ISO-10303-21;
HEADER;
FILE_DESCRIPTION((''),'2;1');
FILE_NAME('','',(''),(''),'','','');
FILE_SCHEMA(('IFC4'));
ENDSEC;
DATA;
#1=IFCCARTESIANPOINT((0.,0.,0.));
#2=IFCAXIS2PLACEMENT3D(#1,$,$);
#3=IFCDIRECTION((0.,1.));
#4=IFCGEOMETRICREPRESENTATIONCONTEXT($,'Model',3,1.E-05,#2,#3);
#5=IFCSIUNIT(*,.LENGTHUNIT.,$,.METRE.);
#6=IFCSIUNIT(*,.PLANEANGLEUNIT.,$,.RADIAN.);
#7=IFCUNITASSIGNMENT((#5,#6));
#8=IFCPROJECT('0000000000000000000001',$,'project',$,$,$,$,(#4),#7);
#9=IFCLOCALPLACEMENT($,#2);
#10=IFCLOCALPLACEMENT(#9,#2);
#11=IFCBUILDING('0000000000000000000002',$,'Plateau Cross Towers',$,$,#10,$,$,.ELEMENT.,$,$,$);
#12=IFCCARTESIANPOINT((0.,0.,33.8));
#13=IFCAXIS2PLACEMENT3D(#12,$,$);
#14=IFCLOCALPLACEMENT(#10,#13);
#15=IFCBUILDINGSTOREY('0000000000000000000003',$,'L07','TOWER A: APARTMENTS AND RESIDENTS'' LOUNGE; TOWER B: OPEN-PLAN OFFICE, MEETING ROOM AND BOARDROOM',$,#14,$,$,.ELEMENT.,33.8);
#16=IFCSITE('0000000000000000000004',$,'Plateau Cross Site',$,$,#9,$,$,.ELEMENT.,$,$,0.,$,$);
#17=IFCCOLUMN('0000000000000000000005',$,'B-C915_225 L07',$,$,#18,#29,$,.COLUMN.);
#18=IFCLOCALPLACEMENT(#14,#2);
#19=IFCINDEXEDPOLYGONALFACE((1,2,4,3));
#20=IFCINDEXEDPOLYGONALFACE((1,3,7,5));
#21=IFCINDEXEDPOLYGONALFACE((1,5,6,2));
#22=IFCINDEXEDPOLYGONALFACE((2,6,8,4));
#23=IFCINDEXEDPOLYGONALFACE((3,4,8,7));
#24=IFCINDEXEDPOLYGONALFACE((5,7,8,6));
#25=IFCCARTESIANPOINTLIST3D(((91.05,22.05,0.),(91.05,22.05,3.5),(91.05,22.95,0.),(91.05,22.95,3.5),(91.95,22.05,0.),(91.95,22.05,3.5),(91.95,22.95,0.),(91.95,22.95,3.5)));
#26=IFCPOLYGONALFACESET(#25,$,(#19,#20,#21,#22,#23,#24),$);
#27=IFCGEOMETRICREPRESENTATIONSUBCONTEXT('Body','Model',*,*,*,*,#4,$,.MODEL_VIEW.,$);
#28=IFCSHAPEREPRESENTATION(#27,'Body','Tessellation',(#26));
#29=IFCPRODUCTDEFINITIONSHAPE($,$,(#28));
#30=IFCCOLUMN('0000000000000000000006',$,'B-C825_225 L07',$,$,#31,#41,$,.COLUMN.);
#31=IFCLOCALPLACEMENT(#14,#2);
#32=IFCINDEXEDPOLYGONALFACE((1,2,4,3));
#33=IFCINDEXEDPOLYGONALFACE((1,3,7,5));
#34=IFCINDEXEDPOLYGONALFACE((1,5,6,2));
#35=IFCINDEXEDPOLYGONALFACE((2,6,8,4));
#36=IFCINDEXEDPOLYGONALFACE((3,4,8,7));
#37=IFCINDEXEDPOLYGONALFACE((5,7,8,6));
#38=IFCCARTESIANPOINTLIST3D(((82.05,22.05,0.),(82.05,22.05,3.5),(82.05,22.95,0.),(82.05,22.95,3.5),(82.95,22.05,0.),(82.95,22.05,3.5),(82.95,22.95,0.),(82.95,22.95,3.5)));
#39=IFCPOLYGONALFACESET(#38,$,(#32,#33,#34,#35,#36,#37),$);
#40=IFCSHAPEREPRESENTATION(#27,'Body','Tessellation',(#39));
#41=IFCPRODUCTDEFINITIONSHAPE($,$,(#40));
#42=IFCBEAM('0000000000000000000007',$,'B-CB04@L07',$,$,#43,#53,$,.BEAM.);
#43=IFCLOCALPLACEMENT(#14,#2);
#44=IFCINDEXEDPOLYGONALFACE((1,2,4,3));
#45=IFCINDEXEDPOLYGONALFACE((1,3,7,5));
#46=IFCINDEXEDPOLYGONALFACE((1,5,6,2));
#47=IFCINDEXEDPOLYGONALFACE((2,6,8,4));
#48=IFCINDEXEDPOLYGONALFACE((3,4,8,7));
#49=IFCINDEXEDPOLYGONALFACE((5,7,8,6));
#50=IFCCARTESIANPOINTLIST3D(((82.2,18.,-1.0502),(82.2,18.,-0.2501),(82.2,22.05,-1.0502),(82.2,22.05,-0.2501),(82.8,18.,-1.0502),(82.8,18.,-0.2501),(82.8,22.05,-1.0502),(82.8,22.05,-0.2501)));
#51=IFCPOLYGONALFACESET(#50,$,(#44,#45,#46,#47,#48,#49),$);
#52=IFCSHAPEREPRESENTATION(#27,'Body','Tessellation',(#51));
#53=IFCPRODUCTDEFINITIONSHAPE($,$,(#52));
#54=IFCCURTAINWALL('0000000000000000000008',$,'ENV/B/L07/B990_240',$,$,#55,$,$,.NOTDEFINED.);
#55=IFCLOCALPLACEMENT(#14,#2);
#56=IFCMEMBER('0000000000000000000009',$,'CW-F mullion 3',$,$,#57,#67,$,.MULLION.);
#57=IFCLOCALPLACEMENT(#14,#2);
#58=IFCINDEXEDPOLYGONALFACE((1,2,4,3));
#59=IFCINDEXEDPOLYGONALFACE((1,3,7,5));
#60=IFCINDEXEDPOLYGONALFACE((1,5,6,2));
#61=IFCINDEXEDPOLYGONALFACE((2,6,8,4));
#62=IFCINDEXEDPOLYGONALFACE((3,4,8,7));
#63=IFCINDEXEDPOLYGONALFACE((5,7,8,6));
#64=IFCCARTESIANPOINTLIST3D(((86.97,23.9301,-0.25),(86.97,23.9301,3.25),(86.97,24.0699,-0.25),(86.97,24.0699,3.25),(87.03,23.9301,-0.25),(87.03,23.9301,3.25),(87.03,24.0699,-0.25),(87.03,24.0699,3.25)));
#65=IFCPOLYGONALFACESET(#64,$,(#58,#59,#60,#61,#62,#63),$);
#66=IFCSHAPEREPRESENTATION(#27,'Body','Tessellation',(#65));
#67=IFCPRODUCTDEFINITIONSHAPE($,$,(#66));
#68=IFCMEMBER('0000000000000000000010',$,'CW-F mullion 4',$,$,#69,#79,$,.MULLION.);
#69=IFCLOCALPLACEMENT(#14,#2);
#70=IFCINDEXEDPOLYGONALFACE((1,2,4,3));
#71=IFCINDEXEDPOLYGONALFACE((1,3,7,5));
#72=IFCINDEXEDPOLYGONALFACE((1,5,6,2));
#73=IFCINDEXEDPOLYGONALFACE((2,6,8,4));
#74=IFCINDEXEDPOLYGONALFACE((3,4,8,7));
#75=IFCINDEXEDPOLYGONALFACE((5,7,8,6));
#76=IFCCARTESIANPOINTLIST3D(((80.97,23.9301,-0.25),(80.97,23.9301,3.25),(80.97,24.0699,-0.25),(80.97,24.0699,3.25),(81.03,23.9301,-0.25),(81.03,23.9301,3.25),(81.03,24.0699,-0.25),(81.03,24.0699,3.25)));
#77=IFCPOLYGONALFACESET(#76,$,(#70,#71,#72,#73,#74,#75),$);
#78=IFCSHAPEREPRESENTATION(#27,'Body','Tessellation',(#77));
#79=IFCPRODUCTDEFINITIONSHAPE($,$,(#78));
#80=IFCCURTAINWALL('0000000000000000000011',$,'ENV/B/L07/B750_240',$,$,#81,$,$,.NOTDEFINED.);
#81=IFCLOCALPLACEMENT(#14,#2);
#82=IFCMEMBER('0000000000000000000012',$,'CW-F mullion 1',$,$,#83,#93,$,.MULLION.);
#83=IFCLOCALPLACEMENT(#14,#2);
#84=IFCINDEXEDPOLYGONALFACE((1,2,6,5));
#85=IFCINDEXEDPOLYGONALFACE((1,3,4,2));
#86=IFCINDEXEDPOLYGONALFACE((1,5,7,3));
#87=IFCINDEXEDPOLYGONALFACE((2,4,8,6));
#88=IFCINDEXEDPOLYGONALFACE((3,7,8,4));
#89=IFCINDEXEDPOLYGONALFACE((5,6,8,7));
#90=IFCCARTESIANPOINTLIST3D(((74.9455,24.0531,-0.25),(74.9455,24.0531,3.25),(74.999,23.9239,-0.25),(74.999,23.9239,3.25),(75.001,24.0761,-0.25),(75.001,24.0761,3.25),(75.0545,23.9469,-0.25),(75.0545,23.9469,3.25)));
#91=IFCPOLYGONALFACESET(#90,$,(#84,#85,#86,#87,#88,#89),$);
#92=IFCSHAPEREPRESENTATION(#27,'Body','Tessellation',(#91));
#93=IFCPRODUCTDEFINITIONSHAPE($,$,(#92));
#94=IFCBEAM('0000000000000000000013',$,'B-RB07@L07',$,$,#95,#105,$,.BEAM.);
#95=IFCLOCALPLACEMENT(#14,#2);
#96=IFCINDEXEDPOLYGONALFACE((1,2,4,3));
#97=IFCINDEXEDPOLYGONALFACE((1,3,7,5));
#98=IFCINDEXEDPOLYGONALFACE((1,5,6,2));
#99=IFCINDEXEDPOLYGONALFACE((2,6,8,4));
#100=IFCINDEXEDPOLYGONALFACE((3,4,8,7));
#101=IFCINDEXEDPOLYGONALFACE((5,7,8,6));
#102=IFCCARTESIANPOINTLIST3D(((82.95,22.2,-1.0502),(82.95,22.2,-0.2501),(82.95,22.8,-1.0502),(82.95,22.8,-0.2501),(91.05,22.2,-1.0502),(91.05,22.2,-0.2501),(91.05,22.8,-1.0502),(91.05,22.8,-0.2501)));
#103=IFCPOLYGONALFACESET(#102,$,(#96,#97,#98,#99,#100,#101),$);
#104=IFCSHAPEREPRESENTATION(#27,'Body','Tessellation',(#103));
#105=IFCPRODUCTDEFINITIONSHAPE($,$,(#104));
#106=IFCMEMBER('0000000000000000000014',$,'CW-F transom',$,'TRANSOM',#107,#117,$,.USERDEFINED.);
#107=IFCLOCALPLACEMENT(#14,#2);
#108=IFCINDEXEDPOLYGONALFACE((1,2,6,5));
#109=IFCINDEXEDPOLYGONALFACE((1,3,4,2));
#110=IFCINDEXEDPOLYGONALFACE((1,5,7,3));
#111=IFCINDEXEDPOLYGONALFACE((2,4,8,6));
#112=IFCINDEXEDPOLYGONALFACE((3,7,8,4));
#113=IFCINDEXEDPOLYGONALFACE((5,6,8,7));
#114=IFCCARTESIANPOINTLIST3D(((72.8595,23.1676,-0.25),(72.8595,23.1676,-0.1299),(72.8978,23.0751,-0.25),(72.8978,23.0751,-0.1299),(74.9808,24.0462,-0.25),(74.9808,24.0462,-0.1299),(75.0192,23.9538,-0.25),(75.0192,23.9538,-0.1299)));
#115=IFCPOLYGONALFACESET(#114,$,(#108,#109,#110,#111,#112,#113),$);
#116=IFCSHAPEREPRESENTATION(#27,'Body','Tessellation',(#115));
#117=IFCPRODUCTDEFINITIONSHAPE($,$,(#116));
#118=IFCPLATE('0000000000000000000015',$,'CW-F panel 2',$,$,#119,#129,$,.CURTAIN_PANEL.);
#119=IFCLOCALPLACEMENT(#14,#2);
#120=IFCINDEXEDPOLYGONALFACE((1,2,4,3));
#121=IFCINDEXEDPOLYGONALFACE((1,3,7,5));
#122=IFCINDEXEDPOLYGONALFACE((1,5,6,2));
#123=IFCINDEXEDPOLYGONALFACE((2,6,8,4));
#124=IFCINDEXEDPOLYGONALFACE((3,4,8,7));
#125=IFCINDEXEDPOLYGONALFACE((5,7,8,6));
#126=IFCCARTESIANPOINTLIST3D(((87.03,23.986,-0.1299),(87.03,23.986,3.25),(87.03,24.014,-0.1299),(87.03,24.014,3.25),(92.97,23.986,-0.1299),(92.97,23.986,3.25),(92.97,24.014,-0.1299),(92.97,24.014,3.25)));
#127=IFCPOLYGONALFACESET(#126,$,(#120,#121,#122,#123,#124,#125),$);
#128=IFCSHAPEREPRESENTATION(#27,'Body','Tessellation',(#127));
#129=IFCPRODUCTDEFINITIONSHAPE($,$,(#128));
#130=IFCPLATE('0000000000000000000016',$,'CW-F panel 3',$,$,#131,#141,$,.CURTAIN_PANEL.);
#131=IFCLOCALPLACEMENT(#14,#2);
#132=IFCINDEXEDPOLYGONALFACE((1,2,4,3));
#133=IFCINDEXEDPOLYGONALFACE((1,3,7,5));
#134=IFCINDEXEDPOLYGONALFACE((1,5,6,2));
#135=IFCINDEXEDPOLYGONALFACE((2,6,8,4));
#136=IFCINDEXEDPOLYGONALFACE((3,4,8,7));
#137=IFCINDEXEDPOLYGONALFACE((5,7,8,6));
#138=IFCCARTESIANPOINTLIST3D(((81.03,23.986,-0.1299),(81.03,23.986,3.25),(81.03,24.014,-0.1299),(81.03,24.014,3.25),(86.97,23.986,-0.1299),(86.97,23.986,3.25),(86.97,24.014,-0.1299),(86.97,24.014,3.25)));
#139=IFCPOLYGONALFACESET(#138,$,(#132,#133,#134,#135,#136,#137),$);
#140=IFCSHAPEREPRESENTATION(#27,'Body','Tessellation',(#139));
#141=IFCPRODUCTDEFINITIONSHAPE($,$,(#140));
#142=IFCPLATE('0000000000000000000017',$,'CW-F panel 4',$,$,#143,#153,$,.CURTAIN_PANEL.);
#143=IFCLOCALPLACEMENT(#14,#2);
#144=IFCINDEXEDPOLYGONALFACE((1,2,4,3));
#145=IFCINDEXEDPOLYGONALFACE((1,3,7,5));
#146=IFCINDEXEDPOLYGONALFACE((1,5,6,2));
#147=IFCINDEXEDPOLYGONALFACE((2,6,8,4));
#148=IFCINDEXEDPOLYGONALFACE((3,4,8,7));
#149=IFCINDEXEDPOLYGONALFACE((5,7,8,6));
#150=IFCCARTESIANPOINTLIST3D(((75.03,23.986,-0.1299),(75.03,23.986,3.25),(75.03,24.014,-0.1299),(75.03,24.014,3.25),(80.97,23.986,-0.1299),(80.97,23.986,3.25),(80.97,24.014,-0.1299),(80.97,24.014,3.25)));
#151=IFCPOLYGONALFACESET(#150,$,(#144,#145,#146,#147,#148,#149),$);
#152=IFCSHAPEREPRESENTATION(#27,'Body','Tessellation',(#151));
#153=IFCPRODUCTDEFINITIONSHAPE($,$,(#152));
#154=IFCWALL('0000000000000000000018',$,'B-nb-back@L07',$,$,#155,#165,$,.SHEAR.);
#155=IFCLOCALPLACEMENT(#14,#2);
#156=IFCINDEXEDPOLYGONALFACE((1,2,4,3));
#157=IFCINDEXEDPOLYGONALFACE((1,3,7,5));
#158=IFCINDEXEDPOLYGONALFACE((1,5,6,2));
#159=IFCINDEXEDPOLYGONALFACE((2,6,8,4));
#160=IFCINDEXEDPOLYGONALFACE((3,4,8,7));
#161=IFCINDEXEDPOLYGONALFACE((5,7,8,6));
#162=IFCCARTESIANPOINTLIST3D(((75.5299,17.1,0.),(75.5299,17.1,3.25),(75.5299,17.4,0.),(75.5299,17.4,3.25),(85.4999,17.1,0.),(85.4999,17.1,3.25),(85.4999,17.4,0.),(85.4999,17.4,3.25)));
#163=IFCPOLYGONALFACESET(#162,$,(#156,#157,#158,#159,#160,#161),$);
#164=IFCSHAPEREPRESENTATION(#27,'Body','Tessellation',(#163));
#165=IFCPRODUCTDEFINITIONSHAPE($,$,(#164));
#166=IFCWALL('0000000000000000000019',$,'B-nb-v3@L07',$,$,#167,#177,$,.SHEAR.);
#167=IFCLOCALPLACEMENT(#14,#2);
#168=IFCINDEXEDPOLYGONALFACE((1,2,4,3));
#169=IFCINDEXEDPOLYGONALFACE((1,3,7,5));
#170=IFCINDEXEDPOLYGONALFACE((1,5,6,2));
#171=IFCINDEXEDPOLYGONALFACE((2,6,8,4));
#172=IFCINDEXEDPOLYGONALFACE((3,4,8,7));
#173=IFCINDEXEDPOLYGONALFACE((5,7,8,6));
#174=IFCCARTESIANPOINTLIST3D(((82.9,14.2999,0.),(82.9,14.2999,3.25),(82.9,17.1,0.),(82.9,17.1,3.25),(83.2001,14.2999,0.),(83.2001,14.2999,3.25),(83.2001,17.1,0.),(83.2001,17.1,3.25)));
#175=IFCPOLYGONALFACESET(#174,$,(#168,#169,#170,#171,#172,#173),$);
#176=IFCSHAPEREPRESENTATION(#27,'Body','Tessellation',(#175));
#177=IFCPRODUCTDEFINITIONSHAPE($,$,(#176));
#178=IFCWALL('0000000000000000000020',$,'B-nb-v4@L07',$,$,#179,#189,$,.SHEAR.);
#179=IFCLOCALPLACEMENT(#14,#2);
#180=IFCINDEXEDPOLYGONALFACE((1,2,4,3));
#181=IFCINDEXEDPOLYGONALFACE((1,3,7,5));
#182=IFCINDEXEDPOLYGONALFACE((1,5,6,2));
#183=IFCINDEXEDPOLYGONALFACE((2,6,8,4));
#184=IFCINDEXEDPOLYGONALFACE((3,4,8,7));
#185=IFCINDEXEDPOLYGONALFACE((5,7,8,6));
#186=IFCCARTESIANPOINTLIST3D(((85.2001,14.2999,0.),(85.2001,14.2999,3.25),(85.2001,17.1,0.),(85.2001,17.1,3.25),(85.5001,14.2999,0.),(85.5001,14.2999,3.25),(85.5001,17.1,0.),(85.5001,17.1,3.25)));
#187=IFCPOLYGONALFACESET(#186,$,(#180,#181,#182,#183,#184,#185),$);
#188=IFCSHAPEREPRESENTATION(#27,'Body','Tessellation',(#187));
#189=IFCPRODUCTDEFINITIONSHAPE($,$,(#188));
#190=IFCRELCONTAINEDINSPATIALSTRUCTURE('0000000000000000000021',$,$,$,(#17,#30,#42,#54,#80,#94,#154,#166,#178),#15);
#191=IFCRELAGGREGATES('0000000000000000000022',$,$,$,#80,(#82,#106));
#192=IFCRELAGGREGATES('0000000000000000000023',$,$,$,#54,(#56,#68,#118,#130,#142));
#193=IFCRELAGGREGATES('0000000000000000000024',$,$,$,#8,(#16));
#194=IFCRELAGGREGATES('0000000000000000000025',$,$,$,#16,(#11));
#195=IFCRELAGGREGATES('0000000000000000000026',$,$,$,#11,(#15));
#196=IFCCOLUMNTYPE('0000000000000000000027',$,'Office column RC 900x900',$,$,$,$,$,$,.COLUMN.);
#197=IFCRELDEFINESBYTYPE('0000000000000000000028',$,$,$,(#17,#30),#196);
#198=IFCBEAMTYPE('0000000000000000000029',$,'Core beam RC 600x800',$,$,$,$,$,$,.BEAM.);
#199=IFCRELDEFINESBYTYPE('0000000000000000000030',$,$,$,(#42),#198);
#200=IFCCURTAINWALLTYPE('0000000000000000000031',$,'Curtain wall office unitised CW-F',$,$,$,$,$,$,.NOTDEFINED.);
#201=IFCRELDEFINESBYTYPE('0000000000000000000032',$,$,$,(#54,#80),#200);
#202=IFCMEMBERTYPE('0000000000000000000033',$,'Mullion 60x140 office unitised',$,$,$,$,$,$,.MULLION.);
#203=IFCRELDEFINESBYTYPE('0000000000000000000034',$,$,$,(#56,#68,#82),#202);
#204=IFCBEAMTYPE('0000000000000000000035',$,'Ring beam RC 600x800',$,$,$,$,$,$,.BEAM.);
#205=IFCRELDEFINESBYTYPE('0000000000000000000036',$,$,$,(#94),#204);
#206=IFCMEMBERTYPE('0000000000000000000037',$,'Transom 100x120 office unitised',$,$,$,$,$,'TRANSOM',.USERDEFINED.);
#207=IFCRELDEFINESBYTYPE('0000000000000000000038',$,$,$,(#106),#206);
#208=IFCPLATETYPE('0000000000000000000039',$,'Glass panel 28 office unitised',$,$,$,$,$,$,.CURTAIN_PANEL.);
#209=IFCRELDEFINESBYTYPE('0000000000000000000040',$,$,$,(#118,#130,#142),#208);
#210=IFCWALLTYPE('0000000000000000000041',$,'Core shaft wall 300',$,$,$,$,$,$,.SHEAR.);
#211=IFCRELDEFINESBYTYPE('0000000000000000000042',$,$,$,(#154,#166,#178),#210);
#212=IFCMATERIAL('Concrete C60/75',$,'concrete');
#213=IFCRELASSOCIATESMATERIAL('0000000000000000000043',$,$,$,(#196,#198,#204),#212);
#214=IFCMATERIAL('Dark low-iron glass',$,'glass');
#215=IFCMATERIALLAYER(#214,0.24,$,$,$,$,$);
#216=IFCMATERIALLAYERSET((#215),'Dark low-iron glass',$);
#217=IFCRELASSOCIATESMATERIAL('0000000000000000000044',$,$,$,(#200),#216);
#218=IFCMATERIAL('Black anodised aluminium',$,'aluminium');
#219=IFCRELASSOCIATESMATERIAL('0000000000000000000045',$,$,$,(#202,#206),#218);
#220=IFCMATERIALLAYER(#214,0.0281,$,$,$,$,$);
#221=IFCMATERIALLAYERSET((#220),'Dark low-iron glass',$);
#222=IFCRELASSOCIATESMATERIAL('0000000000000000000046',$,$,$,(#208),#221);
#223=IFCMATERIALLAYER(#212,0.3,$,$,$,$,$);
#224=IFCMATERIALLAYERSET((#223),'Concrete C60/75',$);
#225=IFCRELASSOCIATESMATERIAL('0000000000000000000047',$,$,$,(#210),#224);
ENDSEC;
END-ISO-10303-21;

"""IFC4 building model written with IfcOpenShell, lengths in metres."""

from ifc_helpers import new_model, si_unit, direction, frame, frame_2d, origin, origin_2d, place, context, subcontext, project, spatial, rectangle, extrude, material, layer, layer_set, material_profile, profile_set, type_object, element, aggregate, save


model = new_model("IFC4")

# Units and contexts
model_context = context("Model", 3, precision=1e-05, world=origin(), true_north=direction((0.0, 1.0)))
body_context = subcontext(model_context, "Body", "Model", "MODEL_VIEW")
ifc_project = project(units=[si_unit("LENGTHUNIT", "METRE"), si_unit("PLANEANGLEUNIT", "RADIAN")], contexts=[model_context])

# Site, building, storey
site_placement = place(None, origin())
site = spatial("IfcSite", under=ifc_project, at=site_placement, Name="Plateau Cross Site", CompositionType="ELEMENT", RefElevation=0.0)
building_placement = place(site_placement, origin())
building = spatial("IfcBuilding", under=site, at=building_placement, Name="Plateau Cross Towers", CompositionType="ELEMENT")
storey_placement = place(building_placement, frame((0.0, 0.0, 33.8)))
storey = spatial("IfcBuildingStorey", under=building, at=storey_placement, Name="L07", Description="TOWER A: APARTMENTS AND RESIDENTS' LOUNGE; TOWER B: OPEN-PLAN OFFICE, MEETING ROOM AND BOARDROOM", CompositionType="ELEMENT", Elevation=33.8)

# Columns
ifc_material_1 = material(Name="Concrete C60/75", Category="concrete")
ifc_material_profile_1 = material_profile(ifc_material_1, rectangle(XDim=0.8999, YDim=0.8999, at=origin_2d()), Name="RC 900x900")
ifc_profile_set_1 = profile_set([ifc_material_profile_1], Name="Concrete C60/75")
column_type = type_object("IfcColumnType", Name="Office column RC 900x900", PredefinedType="COLUMN", material=ifc_profile_set_1)
for number, where, z_axis, x_axis, name in (
    (1, (91.5, 22.5, 0.0), (0.0, 0.0, 1.0), (1.0, 0.0, 0.0), "B-C915_225 L07"),
    (2, (82.5, 22.5, 0.0), (0.0, 0.0, 1.0), (1.0, 0.0, 0.0), "B-C825_225 L07"),
):
    element("IfcColumn", number, at=place(storey_placement, frame(where, z_axis=z_axis, x_axis=x_axis)), inside=storey, type_object=column_type, Name=name, PredefinedType="COLUMN", context=body_context, shape_type="SweptSolid", body=[
        extrude(rectangle(XDim=0.8999, YDim=0.8999, at=origin_2d()), origin(), (0.0, 0.0, 1.0), 3.5),
    ])

# Beam
ifc_material_profile_2 = material_profile(ifc_material_1, rectangle(XDim=0.6001, YDim=0.8, at=origin_2d()), Name="RC 600x800")
ifc_profile_set_2 = profile_set([ifc_material_profile_2], Name="Concrete C60/75")
beam_type_1 = type_object("IfcBeamType", Name="Core beam RC 600x800", PredefinedType="BEAM", material=ifc_profile_set_2)
beam_1_placement = place(storey_placement, frame((82.5, 18.0, -0.6501), z_axis=(0.0, 1.0, 0.0), x_axis=(-1.0, 0.0, 0.0)))
element("IfcBeam", 3, at=beam_1_placement, inside=storey, type_object=beam_type_1, Name="B-CB04@L07", PredefinedType="BEAM", context=body_context, shape_type="SweptSolid", body=[
    extrude(rectangle(XDim=0.6001, YDim=0.8, at=origin_2d()), origin(), (0.0, 0.0, 1.0), 4.05),
])

# Curtain wall, members
ifc_material_2 = material(Name="Dark low-iron glass", Category="glass")
ifc_layer_1 = layer(ifc_material_2, 0.24)
ifc_layer_set_1 = layer_set([ifc_layer_1], Name="Dark low-iron glass")
curtain_wall_type = type_object("IfcCurtainWallType", Name="Curtain wall office unitised CW-F", PredefinedType="NOTDEFINED", material=ifc_layer_set_1)
curtain_wall_1_placement = place(storey_placement, origin())
curtain_wall_1 = element("IfcCurtainWall", 4, at=curtain_wall_1_placement, inside=storey, type_object=curtain_wall_type, Name="ENV/B/L07/B990_240", PredefinedType="NOTDEFINED")
ifc_material_3 = material(Name="Black anodised aluminium", Category="aluminium")
ifc_material_profile_3 = material_profile(ifc_material_3, rectangle(XDim=0.0601, YDim=0.1399, at=origin_2d()), Name="MULLION 60x140")
ifc_profile_set_3 = profile_set([ifc_material_profile_3], Name="Black anodised aluminium")
member_type_1 = type_object("IfcMemberType", Name="Mullion 60x140 office unitised", PredefinedType="MULLION", material=ifc_profile_set_3)
member_1_placement = place(storey_placement, frame((87.0, 24.0, -0.25), z_axis=(0.0, 0.0, 1.0), x_axis=(-1.0, 0.0, 0.0)))
member_1 = element("IfcMember", 5, at=member_1_placement, type_object=member_type_1, Name="CW-F mullion 3", PredefinedType="MULLION", context=body_context, shape_type="SweptSolid", body=[
    extrude(rectangle(XDim=0.0601, YDim=0.1399, at=origin_2d()), origin(), (0.0, 0.0, 1.0), 3.5),
])
member_2_placement = place(storey_placement, frame((81.0, 24.0, -0.25), z_axis=(0.0, 0.0, 1.0), x_axis=(-1.0, 0.0, 0.0)))
member_2 = element("IfcMember", 6, at=member_2_placement, type_object=member_type_1, Name="CW-F mullion 4", PredefinedType="MULLION", context=body_context, shape_type="SweptSolid", body=[
    extrude(rectangle(XDim=0.0601, YDim=0.1399, at=origin_2d()), origin(), (0.0, 0.0, 1.0), 3.5),
])

# Curtain wall, member
curtain_wall_2_placement = place(storey_placement, origin())
curtain_wall_2 = element("IfcCurtainWall", 7, at=curtain_wall_2_placement, inside=storey, type_object=curtain_wall_type, Name="ENV/B/L07/B750_240", PredefinedType="NOTDEFINED")
member_3_placement = place(storey_placement, frame((75.0, 24.0, -0.25), z_axis=(0.0, 0.0, 1.0), x_axis=(-0.923879, -0.382684, 0.0)))
member_3 = element("IfcMember", 8, at=member_3_placement, type_object=member_type_1, Name="CW-F mullion 1", PredefinedType="MULLION", context=body_context, shape_type="SweptSolid", body=[
    extrude(rectangle(XDim=0.0601, YDim=0.1399, at=origin_2d()), origin(), (0.0, 0.0, 1.0), 3.5),
])

# Beam
ifc_material_profile_4 = material_profile(ifc_material_1, rectangle(XDim=0.6001, YDim=0.8, at=origin_2d()), Name="RC 600x800")
ifc_profile_set_4 = profile_set([ifc_material_profile_4], Name="Concrete C60/75")
beam_type_2 = type_object("IfcBeamType", Name="Ring beam RC 600x800", PredefinedType="BEAM", material=ifc_profile_set_4)
beam_2_placement = place(storey_placement, frame((91.05, 22.5, -0.6501), z_axis=(-1.0, 0.0, 0.0), x_axis=(0.0, -1.0, 0.0)))
element("IfcBeam", 9, at=beam_2_placement, inside=storey, type_object=beam_type_2, Name="B-RB07@L07", PredefinedType="BEAM", context=body_context, shape_type="SweptSolid", body=[
    extrude(rectangle(XDim=0.6001, YDim=0.8, at=origin_2d()), origin(), (0.0, 0.0, 1.0), 8.1001),
])

# Member
ifc_material_profile_5 = material_profile(ifc_material_3, rectangle(XDim=0.1001, YDim=0.1201, at=origin_2d()), Name="TRANSOM 100x120")
ifc_profile_set_5 = profile_set([ifc_material_profile_5], Name="Black anodised aluminium")
member_type_2 = type_object("IfcMemberType", Name="Transom 100x120 office unitised", ElementType="TRANSOM", PredefinedType="USERDEFINED", material=ifc_profile_set_5)
member_4_placement = place(storey_placement, frame((75.0, 24.0, -0.1899), z_axis=(-0.923883, -0.382674, 0.0), x_axis=(0.382674, -0.923883, 0.0)))
member_4 = element("IfcMember", 10, at=member_4_placement, type_object=member_type_2, Name="CW-F transom", ObjectType="TRANSOM", PredefinedType="USERDEFINED", context=body_context, shape_type="SweptSolid", body=[
    extrude(rectangle(XDim=0.1001, YDim=0.1201, at=origin_2d()), origin(), (0.0, 0.0, 1.0), 2.2961),
])
aggregate(curtain_wall_2, [member_3, member_4])

# Plates
ifc_layer_2 = layer(ifc_material_2, 0.0281)
ifc_layer_set_2 = layer_set([ifc_layer_2], Name="Dark low-iron glass")
plate_type = type_object("IfcPlateType", Name="Glass panel 28 office unitised", PredefinedType="CURTAIN_PANEL", material=ifc_layer_set_2)
plate_1_placement = place(storey_placement, frame((90.0, 24.0, -0.1299), z_axis=(0.0, 0.0, 1.0), x_axis=(-1.0, 0.0, 0.0)))
plate_1 = element("IfcPlate", 11, at=plate_1_placement, type_object=plate_type, Name="CW-F panel 2", PredefinedType="CURTAIN_PANEL", context=body_context, shape_type="SweptSolid", body=[
    extrude(rectangle(XDim=5.9399, YDim=0.0281, at=origin_2d()), origin(), (0.0, 0.0, 1.0), 3.3799),
])
plate_2_placement = place(storey_placement, frame((84.0, 24.0, -0.1299), z_axis=(0.0, 0.0, 1.0), x_axis=(-1.0, 0.0, 0.0)))
plate_2 = element("IfcPlate", 12, at=plate_2_placement, type_object=plate_type, Name="CW-F panel 3", PredefinedType="CURTAIN_PANEL", context=body_context, shape_type="SweptSolid", body=[
    extrude(rectangle(XDim=5.9399, YDim=0.0281, at=origin_2d()), origin(), (0.0, 0.0, 1.0), 3.3799),
])
plate_3_placement = place(storey_placement, frame((78.0, 24.0, -0.1299), z_axis=(0.0, 0.0, 1.0), x_axis=(-1.0, 0.0, 0.0)))
plate_3 = element("IfcPlate", 13, at=plate_3_placement, type_object=plate_type, Name="CW-F panel 4", PredefinedType="CURTAIN_PANEL", context=body_context, shape_type="SweptSolid", body=[
    extrude(rectangle(XDim=5.9399, YDim=0.0281, at=origin_2d()), origin(), (0.0, 0.0, 1.0), 3.3799),
])
aggregate(curtain_wall_1, [member_1, member_2, plate_1, plate_2, plate_3])

# Walls
ifc_layer_3 = layer(ifc_material_1, 0.3)
ifc_layer_set_3 = layer_set([ifc_layer_3], Name="Concrete C60/75")
wall_type_1 = type_object("IfcWallType", Name="Core shaft wall 300", PredefinedType="SHEAR", material=ifc_layer_set_3)
wall_1_placement = place(storey_placement, frame((75.53, 17.25, 0.0), z_axis=(0.0, 0.0, 1.0), x_axis=(1.0, 0.0, 0.0)))
element("IfcWall", 14, at=wall_1_placement, inside=storey, type_object=wall_type_1, Name="B-nb-back@L07", PredefinedType="SHEAR", context=body_context, shape_type="SweptSolid", body=[
    extrude(rectangle(XDim=9.97, YDim=0.3, at=frame_2d((4.9849, 0.0))), origin(), (0.0, 0.0, 1.0), 3.25),
])
for number, where, z_axis, x_axis, name in (
    (15, (83.05, 14.3, 0.0), (0.0, 0.0, 1.0), (0.0, 1.0, 0.0), "B-nb-v3@L07"),
    (16, (85.3501, 14.3, 0.0), (0.0, 0.0, 1.0), (0.0, 1.0, 0.0), "B-nb-v4@L07"),
):
    element("IfcWall", number, at=place(storey_placement, frame(where, z_axis=z_axis, x_axis=x_axis)), inside=storey, type_object=wall_type_1, Name=name, PredefinedType="SHEAR", context=body_context, shape_type="SweptSolid", body=[
        extrude(rectangle(XDim=2.8, YDim=0.3, at=frame_2d((1.3999, 0.0))), origin(), (0.0, 0.0, 1.0), 3.25),
    ])

save(model, "model.ifc")
